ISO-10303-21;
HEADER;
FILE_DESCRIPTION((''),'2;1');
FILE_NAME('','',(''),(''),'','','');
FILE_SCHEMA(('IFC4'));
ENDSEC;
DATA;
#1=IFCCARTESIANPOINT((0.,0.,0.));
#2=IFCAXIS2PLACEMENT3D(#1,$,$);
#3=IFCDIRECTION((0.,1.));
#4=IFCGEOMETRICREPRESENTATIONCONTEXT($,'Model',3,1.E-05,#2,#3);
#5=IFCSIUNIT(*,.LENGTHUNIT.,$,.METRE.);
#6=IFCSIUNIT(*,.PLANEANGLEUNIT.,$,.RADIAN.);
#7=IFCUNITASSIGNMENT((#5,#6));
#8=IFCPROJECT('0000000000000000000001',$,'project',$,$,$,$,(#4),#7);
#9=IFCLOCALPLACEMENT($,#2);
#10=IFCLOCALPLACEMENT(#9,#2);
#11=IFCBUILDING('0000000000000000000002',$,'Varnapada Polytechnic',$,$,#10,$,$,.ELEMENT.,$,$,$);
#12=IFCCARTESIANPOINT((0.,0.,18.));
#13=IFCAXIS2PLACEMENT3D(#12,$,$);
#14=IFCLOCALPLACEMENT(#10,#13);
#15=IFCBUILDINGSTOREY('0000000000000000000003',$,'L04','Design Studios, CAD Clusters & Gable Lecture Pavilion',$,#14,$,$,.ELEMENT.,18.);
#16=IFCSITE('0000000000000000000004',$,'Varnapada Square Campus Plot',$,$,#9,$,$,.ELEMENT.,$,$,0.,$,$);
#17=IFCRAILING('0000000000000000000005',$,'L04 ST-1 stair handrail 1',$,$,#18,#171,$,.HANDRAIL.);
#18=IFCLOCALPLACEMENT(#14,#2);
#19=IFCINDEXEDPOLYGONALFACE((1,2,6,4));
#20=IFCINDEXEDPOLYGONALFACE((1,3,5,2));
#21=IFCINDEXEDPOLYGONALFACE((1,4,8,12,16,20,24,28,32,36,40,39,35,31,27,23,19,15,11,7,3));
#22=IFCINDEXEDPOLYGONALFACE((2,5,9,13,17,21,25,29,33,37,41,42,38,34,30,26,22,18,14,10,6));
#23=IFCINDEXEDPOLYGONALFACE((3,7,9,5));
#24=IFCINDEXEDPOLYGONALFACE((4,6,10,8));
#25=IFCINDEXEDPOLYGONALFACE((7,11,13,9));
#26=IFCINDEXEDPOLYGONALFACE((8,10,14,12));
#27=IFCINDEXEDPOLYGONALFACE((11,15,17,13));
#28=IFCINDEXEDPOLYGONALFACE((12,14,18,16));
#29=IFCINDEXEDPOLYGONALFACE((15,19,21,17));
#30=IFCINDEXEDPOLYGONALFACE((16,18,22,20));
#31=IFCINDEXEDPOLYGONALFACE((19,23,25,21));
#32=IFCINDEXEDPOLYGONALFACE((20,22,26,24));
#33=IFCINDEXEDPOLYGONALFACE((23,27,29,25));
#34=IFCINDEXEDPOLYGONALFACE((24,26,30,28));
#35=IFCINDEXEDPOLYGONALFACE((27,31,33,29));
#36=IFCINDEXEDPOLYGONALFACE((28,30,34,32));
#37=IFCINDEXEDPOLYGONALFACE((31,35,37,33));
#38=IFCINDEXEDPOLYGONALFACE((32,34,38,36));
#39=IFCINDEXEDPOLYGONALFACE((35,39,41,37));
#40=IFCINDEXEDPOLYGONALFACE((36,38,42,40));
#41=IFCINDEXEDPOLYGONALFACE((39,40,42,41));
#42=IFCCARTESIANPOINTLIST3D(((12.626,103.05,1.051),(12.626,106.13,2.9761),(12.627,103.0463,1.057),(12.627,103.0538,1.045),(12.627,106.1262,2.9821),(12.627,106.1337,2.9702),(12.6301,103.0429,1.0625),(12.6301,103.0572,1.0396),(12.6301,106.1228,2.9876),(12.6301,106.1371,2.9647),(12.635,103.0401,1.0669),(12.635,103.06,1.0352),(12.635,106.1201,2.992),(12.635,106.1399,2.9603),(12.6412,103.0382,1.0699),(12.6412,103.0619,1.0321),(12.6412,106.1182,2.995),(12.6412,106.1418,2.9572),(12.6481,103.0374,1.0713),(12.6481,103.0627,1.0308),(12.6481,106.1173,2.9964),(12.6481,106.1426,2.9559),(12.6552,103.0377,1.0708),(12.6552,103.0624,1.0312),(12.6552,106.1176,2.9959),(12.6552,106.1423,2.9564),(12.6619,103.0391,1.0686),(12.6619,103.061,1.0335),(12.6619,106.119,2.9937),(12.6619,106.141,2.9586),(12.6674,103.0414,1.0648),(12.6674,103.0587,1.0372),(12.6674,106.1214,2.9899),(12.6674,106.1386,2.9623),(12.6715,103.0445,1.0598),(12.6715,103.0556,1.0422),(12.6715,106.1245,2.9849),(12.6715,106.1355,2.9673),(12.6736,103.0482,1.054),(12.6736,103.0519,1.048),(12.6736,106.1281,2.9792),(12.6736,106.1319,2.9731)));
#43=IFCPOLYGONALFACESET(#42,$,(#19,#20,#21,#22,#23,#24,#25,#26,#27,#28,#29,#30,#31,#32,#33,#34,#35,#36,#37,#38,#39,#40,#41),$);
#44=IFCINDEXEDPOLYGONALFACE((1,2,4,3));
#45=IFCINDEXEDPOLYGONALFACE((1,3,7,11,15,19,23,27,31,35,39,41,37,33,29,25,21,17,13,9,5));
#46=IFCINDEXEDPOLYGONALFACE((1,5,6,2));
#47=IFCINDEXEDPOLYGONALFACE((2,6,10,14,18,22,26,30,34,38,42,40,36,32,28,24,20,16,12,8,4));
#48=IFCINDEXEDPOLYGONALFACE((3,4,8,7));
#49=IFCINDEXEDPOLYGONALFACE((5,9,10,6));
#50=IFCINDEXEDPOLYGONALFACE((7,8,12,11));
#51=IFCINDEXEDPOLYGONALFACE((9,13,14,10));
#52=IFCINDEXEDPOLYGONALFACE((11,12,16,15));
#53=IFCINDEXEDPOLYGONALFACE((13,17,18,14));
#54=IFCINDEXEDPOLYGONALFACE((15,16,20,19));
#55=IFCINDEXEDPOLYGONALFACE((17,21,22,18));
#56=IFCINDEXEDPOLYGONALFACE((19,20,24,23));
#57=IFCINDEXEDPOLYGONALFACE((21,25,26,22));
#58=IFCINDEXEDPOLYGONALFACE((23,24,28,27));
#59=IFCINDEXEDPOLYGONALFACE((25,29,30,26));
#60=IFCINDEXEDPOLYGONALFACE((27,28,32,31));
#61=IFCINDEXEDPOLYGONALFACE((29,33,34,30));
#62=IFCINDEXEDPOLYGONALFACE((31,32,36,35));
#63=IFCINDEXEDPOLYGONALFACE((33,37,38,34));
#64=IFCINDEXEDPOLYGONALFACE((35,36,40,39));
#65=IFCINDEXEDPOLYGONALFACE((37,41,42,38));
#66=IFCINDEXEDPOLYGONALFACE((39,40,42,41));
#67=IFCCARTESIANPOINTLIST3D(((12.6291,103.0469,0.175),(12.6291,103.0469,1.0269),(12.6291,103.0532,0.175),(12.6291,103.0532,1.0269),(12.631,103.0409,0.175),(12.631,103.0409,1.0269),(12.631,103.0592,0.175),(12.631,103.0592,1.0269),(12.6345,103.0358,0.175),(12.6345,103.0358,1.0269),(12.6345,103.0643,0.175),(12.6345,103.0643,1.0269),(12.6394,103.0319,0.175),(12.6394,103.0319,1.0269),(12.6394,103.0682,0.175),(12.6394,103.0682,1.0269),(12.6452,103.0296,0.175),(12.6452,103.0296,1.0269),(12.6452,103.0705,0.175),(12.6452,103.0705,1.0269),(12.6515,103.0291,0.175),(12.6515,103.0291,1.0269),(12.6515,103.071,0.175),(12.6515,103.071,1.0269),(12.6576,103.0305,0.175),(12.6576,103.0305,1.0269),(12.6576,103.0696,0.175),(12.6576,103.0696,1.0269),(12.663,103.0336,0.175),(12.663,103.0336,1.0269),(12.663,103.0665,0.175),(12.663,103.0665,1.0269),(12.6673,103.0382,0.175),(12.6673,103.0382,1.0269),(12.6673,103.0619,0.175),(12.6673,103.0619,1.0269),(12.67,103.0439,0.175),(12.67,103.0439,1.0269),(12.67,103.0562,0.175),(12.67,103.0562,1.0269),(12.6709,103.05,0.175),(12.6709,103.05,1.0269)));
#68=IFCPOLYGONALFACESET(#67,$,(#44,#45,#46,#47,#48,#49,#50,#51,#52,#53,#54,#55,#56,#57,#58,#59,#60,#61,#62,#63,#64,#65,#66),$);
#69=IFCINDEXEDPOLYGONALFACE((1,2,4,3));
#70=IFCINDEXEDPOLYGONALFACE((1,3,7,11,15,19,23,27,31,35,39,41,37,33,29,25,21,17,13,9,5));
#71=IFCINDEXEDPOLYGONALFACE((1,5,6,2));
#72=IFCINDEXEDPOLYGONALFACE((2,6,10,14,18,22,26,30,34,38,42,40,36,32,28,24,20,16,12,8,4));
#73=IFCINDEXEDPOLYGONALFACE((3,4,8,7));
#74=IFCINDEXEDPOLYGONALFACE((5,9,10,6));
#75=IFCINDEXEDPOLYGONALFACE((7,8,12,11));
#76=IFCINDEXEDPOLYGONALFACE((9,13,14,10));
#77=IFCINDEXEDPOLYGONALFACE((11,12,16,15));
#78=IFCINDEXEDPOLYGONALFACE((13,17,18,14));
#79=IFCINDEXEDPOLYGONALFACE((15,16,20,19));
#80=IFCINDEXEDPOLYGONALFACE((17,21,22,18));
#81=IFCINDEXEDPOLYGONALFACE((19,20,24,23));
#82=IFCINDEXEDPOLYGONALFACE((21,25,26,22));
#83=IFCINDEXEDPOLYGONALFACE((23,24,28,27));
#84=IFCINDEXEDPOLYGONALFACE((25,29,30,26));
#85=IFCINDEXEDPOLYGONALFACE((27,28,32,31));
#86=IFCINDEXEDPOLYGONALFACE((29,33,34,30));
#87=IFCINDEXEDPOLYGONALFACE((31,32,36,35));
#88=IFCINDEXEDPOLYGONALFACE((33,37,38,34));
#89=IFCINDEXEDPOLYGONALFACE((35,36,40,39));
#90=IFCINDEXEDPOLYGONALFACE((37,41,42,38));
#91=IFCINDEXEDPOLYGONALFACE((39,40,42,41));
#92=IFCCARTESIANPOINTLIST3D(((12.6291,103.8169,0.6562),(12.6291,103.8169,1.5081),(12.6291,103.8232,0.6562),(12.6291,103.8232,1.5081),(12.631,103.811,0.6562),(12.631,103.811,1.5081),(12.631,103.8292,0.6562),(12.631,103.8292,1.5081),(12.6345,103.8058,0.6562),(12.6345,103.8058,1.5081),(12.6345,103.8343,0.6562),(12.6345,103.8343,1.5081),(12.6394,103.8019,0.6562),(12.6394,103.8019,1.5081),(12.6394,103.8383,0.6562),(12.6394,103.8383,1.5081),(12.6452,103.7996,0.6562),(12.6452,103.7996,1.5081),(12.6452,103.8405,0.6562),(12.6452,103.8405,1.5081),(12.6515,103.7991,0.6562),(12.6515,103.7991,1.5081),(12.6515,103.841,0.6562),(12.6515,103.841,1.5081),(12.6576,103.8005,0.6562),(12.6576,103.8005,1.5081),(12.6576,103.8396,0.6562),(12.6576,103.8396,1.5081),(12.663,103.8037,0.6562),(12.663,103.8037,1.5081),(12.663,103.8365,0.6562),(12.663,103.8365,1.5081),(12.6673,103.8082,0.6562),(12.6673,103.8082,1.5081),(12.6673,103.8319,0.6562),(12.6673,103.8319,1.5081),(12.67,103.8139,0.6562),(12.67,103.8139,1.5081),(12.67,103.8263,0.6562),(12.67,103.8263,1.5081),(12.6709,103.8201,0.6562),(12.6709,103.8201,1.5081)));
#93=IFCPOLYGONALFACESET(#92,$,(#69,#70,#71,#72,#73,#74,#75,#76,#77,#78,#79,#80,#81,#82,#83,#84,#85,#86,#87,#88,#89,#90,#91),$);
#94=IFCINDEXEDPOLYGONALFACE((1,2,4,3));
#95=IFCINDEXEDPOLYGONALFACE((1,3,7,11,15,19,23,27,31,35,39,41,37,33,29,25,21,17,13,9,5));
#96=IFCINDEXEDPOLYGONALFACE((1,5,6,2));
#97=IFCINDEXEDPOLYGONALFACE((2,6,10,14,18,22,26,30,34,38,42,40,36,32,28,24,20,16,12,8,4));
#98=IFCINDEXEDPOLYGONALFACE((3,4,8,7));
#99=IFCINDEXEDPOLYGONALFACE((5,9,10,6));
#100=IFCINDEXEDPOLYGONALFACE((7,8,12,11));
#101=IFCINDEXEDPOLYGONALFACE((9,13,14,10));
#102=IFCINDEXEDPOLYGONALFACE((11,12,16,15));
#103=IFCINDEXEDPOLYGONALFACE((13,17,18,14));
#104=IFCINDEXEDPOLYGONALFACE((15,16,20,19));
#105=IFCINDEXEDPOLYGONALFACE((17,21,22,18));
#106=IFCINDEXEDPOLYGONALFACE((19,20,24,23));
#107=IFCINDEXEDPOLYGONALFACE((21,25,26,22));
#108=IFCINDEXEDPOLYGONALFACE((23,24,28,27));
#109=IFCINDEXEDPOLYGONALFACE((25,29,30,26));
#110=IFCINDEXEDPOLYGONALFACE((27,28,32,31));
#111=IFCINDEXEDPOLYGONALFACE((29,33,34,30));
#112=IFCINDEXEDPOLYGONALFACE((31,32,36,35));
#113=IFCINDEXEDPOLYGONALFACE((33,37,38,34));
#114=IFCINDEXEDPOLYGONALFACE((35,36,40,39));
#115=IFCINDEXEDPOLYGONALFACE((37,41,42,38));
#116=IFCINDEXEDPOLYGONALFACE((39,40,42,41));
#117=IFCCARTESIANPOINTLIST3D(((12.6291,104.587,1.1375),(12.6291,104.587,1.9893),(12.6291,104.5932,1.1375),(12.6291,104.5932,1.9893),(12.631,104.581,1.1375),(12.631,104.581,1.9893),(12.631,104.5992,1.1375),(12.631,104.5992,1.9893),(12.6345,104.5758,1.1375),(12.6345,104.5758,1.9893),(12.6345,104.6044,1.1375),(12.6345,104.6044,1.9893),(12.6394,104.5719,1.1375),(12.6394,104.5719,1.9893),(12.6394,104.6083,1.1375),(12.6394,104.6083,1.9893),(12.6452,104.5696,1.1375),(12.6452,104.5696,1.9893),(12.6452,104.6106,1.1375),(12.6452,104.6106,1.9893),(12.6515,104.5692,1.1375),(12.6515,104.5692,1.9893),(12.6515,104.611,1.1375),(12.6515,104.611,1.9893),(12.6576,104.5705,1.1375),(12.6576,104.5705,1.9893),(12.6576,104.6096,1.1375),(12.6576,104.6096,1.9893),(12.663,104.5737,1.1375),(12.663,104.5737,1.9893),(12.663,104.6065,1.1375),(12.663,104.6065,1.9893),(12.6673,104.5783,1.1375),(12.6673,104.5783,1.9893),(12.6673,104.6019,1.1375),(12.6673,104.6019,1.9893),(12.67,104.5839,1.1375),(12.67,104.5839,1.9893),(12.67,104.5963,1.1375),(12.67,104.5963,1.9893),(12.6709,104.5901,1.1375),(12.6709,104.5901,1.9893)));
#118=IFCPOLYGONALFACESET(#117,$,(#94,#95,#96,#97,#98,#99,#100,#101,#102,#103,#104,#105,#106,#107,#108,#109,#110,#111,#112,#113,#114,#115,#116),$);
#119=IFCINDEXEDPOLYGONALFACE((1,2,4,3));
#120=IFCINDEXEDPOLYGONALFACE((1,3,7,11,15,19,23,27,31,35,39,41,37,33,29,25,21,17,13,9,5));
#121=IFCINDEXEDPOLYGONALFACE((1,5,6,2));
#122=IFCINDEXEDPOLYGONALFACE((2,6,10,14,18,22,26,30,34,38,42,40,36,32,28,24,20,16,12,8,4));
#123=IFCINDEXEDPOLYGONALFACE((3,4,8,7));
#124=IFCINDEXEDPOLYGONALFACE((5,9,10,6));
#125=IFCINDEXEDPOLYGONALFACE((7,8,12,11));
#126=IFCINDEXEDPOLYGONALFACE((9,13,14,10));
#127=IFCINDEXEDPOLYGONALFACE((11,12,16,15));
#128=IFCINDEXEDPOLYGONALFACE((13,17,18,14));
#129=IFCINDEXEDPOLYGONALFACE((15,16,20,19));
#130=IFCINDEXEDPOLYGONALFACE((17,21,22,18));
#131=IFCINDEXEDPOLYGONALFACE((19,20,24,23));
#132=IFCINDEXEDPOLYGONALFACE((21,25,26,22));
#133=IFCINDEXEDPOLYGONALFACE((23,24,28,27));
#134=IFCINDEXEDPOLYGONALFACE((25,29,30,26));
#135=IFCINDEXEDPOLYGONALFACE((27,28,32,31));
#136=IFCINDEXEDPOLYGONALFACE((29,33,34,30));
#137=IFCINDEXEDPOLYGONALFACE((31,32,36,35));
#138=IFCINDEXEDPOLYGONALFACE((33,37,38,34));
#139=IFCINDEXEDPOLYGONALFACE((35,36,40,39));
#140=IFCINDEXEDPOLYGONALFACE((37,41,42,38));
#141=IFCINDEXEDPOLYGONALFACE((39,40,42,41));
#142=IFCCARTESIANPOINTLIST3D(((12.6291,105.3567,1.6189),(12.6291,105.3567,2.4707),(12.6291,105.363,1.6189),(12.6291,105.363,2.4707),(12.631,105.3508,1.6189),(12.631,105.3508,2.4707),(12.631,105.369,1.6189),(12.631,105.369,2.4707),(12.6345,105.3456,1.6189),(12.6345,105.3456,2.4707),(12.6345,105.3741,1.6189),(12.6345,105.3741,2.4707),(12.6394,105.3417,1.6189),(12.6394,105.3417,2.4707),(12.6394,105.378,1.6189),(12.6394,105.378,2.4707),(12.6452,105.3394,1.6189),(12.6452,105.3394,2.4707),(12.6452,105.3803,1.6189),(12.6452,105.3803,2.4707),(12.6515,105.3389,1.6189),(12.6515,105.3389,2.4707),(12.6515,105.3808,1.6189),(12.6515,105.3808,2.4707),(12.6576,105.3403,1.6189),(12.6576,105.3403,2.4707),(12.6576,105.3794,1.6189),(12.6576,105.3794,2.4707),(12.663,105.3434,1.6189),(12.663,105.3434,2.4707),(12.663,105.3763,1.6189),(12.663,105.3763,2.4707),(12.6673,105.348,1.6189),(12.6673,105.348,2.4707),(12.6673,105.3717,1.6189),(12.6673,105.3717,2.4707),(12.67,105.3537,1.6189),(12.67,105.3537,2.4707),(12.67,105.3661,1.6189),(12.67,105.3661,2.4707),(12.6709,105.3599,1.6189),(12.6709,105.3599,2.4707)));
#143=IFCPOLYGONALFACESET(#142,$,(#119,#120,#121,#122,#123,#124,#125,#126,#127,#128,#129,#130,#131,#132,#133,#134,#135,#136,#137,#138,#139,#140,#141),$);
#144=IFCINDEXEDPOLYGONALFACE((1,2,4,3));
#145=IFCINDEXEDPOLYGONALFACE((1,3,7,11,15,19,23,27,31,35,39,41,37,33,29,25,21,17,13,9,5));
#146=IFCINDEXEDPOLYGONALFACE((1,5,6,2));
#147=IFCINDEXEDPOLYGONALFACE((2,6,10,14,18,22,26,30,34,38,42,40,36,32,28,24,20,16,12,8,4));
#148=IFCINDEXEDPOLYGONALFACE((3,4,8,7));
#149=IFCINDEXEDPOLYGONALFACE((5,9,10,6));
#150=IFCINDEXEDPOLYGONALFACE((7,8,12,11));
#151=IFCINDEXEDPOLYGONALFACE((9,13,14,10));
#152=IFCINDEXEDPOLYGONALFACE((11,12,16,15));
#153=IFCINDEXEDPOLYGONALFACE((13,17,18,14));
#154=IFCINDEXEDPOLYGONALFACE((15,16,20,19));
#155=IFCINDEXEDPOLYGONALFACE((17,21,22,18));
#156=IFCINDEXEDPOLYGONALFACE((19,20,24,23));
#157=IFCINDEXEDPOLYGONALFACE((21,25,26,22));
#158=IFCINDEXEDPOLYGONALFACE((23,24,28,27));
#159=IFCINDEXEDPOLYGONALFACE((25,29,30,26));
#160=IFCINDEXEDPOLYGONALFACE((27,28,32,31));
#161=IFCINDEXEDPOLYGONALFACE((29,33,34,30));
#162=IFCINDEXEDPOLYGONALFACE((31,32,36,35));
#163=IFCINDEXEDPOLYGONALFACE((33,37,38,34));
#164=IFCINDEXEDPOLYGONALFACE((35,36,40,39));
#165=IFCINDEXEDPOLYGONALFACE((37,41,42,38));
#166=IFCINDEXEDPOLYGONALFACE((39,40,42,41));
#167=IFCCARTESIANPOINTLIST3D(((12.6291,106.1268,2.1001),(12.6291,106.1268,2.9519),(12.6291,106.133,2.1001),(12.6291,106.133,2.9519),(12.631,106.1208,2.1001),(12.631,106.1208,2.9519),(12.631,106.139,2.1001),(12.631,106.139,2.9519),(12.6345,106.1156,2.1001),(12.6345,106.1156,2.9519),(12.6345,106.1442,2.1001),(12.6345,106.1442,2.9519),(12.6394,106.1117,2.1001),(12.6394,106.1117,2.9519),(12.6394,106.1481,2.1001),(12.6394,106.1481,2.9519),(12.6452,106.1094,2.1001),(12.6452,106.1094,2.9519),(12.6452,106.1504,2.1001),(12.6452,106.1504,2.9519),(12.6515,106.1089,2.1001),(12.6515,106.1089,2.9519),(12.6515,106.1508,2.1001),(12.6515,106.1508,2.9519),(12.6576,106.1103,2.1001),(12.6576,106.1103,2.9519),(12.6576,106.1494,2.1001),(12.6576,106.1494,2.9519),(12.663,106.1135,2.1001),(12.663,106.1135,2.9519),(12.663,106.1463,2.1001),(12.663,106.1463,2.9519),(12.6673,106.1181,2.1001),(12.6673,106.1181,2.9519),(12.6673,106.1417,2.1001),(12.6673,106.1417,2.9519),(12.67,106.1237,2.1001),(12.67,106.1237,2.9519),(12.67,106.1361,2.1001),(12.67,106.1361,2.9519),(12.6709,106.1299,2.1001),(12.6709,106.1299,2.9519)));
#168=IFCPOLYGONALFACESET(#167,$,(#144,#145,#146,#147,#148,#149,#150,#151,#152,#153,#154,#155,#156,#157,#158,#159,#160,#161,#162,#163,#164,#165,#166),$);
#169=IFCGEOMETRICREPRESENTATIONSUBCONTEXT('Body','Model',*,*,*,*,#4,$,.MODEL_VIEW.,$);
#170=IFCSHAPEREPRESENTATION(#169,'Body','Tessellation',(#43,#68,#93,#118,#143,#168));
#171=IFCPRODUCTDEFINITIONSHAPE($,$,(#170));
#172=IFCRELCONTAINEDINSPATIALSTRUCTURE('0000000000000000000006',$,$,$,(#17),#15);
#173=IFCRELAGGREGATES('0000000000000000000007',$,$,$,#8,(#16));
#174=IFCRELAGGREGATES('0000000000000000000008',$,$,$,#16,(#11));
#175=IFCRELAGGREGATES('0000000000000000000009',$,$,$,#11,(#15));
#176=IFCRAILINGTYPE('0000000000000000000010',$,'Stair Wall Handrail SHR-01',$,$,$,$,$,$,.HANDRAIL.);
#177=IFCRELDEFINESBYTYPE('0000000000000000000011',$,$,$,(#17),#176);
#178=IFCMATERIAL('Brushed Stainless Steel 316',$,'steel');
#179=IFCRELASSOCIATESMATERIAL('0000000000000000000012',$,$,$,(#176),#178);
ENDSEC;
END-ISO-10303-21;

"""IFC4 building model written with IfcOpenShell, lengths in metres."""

from ifc_helpers import new_model, si_unit, direction, frame, origin, origin_2d, place, context, subcontext, project, spatial, circle, extrude, material, type_object, element, save


model = new_model("IFC4")

# Units and contexts
model_context = context("Model", 3, precision=1e-05, world=origin(), true_north=direction((0.0, 1.0)))
body_context = subcontext(model_context, "Body", "Model", "MODEL_VIEW")
ifc_project = project(units=[si_unit("LENGTHUNIT", "METRE"), si_unit("PLANEANGLEUNIT", "RADIAN")], contexts=[model_context])

# Site, building, storey
site_placement = place(None, origin())
site = spatial("IfcSite", under=ifc_project, at=site_placement, Name="Varnapada Square Campus Plot", CompositionType="ELEMENT", RefElevation=0.0)
building_placement = place(site_placement, origin())
building = spatial("IfcBuilding", under=site, at=building_placement, Name="Varnapada Polytechnic", CompositionType="ELEMENT")
storey_placement = place(building_placement, frame((0.0, 0.0, 18.0)))
storey = spatial("IfcBuildingStorey", under=building, at=storey_placement, Name="L04", Description="Design Studios, CAD Clusters & Gable Lecture Pavilion", CompositionType="ELEMENT", Elevation=18.0)

# Shared definitions
ifc_material_1 = material(Name="Brushed Stainless Steel 316", Category="steel")

# Railing
railing_type_1 = type_object("IfcRailingType", Name="Stair Wall Handrail SHR-01", PredefinedType="HANDRAIL", material=ifc_material_1)
railing_1_placement = place(storey_placement, frame((12.6499, 103.05, 0.175)))
element("IfcRailing", 1, at=railing_1_placement, inside=storey, type_object=railing_type_1, Name="L04 ST-1 stair handrail 1", PredefinedType="HANDRAIL", context=body_context, shape_type="SweptSolid", body=[
    extrude(circle(Radius=0.0239, at=origin_2d()), frame((0.0, 0.0, 0.876), z_axis=(0.0, 0.847979, 0.530029), x_axis=(-1.0, 0.0, 0.0)), (0.0, 0.0, 1.0), 3.6321),
    extrude(circle(Radius=0.021, at=origin_2d()), origin(), (0.0, 0.0, 1.0), 0.8518),
    extrude(circle(Radius=0.021, at=origin_2d()), frame((0.0, 0.77, 0.4812)), (0.0, 0.0, 1.0), 0.8518),
    extrude(circle(Radius=0.021, at=origin_2d()), frame((0.0, 1.54, 0.9624)), (0.0, 0.0, 1.0), 0.8518),
    extrude(circle(Radius=0.021, at=origin_2d()), frame((0.0, 2.3098, 1.4438)), (0.0, 0.0, 1.0), 0.8518),
    extrude(circle(Radius=0.021, at=origin_2d()), frame((0.0, 3.0798, 1.925)), (0.0, 0.0, 1.0), 0.8518),
])

save(model, "model.ifc")
